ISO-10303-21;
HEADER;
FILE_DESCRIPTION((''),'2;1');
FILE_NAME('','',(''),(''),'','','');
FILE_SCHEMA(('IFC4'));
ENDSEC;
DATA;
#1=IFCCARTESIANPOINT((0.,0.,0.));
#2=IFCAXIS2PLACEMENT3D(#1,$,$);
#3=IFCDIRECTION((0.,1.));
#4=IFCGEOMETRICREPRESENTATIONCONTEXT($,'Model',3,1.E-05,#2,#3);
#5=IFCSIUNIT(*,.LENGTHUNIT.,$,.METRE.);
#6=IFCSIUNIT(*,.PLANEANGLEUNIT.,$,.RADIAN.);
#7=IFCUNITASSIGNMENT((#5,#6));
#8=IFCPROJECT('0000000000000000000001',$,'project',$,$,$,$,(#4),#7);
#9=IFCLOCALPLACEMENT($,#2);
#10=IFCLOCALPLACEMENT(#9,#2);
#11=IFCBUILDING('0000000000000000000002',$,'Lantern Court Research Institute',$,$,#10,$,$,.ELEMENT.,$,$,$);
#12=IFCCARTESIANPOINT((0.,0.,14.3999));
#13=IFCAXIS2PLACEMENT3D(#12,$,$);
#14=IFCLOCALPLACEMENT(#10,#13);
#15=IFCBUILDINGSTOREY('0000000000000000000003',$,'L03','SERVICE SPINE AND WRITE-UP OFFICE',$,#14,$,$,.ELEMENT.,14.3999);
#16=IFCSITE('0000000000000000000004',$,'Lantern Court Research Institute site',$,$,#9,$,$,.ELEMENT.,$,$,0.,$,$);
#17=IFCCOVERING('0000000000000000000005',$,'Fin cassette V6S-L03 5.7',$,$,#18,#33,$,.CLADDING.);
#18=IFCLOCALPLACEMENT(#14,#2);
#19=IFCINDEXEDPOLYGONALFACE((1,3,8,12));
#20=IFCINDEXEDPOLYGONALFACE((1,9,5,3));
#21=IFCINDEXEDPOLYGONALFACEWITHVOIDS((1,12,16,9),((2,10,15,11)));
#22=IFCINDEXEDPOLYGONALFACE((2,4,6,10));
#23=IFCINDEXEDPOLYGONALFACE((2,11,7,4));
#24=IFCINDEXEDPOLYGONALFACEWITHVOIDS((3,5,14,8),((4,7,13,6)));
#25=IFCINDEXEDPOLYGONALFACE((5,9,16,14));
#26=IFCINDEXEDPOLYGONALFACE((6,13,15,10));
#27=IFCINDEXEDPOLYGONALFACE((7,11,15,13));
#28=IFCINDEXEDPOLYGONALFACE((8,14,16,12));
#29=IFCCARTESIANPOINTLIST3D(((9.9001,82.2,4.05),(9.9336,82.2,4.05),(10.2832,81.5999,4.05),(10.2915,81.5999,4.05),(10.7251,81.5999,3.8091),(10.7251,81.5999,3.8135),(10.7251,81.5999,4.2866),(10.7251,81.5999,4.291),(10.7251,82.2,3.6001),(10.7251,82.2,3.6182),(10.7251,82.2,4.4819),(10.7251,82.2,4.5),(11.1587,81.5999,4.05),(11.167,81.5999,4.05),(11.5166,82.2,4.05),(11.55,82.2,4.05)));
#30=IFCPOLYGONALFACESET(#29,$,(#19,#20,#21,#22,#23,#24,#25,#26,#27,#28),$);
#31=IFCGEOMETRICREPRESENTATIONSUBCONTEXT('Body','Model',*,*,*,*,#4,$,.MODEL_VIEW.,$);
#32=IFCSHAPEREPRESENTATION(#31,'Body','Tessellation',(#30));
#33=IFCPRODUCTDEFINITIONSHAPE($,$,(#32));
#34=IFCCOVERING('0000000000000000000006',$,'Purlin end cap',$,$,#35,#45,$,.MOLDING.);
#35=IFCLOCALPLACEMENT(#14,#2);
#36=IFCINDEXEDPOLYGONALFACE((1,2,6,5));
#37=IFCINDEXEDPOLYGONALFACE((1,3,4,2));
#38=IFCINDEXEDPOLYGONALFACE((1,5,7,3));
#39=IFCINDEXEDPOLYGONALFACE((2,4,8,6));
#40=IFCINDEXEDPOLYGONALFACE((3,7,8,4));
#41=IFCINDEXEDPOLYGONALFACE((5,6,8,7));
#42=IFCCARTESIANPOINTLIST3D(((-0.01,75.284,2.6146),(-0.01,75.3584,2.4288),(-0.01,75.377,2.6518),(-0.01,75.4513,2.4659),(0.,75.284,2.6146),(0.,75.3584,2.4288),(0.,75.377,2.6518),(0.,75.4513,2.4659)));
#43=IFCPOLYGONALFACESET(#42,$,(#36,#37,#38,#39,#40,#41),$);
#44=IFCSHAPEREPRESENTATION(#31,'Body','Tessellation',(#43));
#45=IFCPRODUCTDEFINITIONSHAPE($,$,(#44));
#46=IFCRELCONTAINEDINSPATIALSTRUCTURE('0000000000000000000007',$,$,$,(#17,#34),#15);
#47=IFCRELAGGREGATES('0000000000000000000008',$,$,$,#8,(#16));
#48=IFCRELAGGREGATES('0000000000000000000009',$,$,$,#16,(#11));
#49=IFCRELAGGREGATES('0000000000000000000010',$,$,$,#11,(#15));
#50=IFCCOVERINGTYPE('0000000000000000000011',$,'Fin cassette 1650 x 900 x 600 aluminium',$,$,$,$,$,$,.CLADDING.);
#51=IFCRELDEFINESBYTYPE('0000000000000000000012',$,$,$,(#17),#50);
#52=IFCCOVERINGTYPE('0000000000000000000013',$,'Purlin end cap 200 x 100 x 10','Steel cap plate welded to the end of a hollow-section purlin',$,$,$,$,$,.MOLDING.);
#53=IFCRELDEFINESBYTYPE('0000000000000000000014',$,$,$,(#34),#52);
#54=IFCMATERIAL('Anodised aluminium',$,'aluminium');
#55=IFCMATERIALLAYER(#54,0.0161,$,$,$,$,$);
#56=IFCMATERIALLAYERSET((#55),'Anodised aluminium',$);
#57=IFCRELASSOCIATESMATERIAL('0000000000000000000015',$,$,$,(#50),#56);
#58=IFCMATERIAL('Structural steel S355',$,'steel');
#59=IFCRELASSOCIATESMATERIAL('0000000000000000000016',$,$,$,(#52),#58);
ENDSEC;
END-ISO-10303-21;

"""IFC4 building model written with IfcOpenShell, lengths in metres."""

from ifc_helpers import new_model, entity, si_unit, direction, frame, origin, place, context, subcontext, project, spatial, polyline, outline, extrude, material, layer, layer_set, material_profile, profile_set, type_object, element, save


model = new_model("IFC4")

# Units and contexts
model_context = context("Model", 3, precision=1e-05, world=origin(), true_north=direction((0.0, 1.0)))
body_context = subcontext(model_context, "Body", "Model", "MODEL_VIEW")
ifc_project = project(units=[si_unit("LENGTHUNIT", "METRE"), si_unit("PLANEANGLEUNIT", "RADIAN")], contexts=[model_context])

# Site, building, storey
site_placement = place(None, origin())
site = spatial("IfcSite", under=ifc_project, at=site_placement, Name="Lantern Court Research Institute site", CompositionType="ELEMENT", RefElevation=0.0)
building_placement = place(site_placement, origin())
building = spatial("IfcBuilding", under=site, at=building_placement, Name="Lantern Court Research Institute", CompositionType="ELEMENT")
storey_placement = place(building_placement, frame((0.0, 0.0, 14.3999)))
storey = spatial("IfcBuildingStorey", under=building, at=storey_placement, Name="L03", Description="SERVICE SPINE AND WRITE-UP OFFICE", CompositionType="ELEMENT", Elevation=14.3999)

# Coverings
ifc_material_1 = material(Name="Anodised aluminium", Category="aluminium")
ifc_layer_1 = layer(ifc_material_1, 0.0161)
ifc_layer_set_1 = layer_set([ifc_layer_1], Name="Anodised aluminium")
covering_type_1 = type_object("IfcCoveringType", Name="Fin cassette 1650 x 900 x 600 aluminium", PredefinedType="CLADDING", material=ifc_layer_set_1)
covering_1_placement = place(storey_placement, frame((10.7251, 82.2, 4.05), z_axis=(0.0, -1.0, 0.0), x_axis=(1.0, 0.0, 0.0)))
cartesian_point_1 = entity("IfcCartesianPoint", [0.825, 0.0])
cartesian_point_2 = entity("IfcCartesianPoint", [0.7915, 0.0])
cartesian_point_3 = entity("IfcCartesianPoint", [0.4419, 0.0])
cartesian_point_4 = entity("IfcCartesianPoint", [0.4336, 0.0])
element("IfcCovering", 1, at=covering_1_placement, inside=storey, type_object=covering_type_1, Name="Fin cassette V6S-L03 5.7", PredefinedType="CLADDING", context=body_context, shape_type="SweptSolid", body=[
    entity("IfcExtrudedAreaSolidTapered", entity("IfcArbitraryProfileDefWithVoids", "AREA", None, entity("IfcPolyline", [cartesian_point_1, entity("IfcCartesianPoint", [0.0, 0.45]), entity("IfcCartesianPoint", [-0.825, 0.0]), entity("IfcCartesianPoint", [0.0, -0.45]), cartesian_point_1]), [entity("IfcPolyline", [cartesian_point_2, entity("IfcCartesianPoint", [0.0, 0.4319]), entity("IfcCartesianPoint", [-0.7915, 0.0]), entity("IfcCartesianPoint", [0.0, -0.4319]), cartesian_point_2])]), entity("IfcAxis2Placement3D", entity("IfcCartesianPoint", [0.0, 0.0, 0.0])), entity("IfcDirection", [0.0, 0.0, 1.0]), 0.6001, entity("IfcArbitraryProfileDefWithVoids", "AREA", None, entity("IfcPolyline", [cartesian_point_3, entity("IfcCartesianPoint", [0.0, 0.241]), entity("IfcCartesianPoint", [-0.4419, 0.0]), entity("IfcCartesianPoint", [0.0, -0.241]), cartesian_point_3]), [entity("IfcPolyline", [cartesian_point_4, entity("IfcCartesianPoint", [0.0, 0.2366]), entity("IfcCartesianPoint", [-0.4336, 0.0]), entity("IfcCartesianPoint", [0.0, -0.2366]), cartesian_point_4])])),
])
ifc_material_2 = material(Name="Structural steel S355", Category="steel")
ifc_material_profile_1 = material_profile(ifc_material_2, outline(polyline([(-0.05, -0.1001), (0.05, -0.1001), (0.05, 0.1001), (-0.05, 0.1001), (-0.05, -0.1001)])), Name="Purlin end cap 200 x 100 x 10")
ifc_profile_set_1 = profile_set([ifc_material_profile_1], Name="Structural steel S355")
covering_type_2 = type_object("IfcCoveringType", Name="Purlin end cap 200 x 100 x 10", Description="Steel cap plate welded to the end of a hollow-section purlin", PredefinedType="MOLDING", material=ifc_profile_set_1)
covering_2_placement = place(storey_placement, frame((0.0, 75.3677, 2.5403), z_axis=(-1.0, 0.0, 0.0), x_axis=(0.0, -0.928477, -0.371391)))
element("IfcCovering", 2, at=covering_2_placement, inside=storey, type_object=covering_type_2, Name="Purlin end cap", PredefinedType="MOLDING", context=body_context, shape_type="SweptSolid", body=[
    extrude(outline(polyline([(-0.05, -0.1001), (0.05, -0.1001), (0.05, 0.1001), (-0.05, 0.1001), (-0.05, -0.1001)])), origin(), (0.0, 0.0, 1.0), 0.01),
])

save(model, "model.ifc")
